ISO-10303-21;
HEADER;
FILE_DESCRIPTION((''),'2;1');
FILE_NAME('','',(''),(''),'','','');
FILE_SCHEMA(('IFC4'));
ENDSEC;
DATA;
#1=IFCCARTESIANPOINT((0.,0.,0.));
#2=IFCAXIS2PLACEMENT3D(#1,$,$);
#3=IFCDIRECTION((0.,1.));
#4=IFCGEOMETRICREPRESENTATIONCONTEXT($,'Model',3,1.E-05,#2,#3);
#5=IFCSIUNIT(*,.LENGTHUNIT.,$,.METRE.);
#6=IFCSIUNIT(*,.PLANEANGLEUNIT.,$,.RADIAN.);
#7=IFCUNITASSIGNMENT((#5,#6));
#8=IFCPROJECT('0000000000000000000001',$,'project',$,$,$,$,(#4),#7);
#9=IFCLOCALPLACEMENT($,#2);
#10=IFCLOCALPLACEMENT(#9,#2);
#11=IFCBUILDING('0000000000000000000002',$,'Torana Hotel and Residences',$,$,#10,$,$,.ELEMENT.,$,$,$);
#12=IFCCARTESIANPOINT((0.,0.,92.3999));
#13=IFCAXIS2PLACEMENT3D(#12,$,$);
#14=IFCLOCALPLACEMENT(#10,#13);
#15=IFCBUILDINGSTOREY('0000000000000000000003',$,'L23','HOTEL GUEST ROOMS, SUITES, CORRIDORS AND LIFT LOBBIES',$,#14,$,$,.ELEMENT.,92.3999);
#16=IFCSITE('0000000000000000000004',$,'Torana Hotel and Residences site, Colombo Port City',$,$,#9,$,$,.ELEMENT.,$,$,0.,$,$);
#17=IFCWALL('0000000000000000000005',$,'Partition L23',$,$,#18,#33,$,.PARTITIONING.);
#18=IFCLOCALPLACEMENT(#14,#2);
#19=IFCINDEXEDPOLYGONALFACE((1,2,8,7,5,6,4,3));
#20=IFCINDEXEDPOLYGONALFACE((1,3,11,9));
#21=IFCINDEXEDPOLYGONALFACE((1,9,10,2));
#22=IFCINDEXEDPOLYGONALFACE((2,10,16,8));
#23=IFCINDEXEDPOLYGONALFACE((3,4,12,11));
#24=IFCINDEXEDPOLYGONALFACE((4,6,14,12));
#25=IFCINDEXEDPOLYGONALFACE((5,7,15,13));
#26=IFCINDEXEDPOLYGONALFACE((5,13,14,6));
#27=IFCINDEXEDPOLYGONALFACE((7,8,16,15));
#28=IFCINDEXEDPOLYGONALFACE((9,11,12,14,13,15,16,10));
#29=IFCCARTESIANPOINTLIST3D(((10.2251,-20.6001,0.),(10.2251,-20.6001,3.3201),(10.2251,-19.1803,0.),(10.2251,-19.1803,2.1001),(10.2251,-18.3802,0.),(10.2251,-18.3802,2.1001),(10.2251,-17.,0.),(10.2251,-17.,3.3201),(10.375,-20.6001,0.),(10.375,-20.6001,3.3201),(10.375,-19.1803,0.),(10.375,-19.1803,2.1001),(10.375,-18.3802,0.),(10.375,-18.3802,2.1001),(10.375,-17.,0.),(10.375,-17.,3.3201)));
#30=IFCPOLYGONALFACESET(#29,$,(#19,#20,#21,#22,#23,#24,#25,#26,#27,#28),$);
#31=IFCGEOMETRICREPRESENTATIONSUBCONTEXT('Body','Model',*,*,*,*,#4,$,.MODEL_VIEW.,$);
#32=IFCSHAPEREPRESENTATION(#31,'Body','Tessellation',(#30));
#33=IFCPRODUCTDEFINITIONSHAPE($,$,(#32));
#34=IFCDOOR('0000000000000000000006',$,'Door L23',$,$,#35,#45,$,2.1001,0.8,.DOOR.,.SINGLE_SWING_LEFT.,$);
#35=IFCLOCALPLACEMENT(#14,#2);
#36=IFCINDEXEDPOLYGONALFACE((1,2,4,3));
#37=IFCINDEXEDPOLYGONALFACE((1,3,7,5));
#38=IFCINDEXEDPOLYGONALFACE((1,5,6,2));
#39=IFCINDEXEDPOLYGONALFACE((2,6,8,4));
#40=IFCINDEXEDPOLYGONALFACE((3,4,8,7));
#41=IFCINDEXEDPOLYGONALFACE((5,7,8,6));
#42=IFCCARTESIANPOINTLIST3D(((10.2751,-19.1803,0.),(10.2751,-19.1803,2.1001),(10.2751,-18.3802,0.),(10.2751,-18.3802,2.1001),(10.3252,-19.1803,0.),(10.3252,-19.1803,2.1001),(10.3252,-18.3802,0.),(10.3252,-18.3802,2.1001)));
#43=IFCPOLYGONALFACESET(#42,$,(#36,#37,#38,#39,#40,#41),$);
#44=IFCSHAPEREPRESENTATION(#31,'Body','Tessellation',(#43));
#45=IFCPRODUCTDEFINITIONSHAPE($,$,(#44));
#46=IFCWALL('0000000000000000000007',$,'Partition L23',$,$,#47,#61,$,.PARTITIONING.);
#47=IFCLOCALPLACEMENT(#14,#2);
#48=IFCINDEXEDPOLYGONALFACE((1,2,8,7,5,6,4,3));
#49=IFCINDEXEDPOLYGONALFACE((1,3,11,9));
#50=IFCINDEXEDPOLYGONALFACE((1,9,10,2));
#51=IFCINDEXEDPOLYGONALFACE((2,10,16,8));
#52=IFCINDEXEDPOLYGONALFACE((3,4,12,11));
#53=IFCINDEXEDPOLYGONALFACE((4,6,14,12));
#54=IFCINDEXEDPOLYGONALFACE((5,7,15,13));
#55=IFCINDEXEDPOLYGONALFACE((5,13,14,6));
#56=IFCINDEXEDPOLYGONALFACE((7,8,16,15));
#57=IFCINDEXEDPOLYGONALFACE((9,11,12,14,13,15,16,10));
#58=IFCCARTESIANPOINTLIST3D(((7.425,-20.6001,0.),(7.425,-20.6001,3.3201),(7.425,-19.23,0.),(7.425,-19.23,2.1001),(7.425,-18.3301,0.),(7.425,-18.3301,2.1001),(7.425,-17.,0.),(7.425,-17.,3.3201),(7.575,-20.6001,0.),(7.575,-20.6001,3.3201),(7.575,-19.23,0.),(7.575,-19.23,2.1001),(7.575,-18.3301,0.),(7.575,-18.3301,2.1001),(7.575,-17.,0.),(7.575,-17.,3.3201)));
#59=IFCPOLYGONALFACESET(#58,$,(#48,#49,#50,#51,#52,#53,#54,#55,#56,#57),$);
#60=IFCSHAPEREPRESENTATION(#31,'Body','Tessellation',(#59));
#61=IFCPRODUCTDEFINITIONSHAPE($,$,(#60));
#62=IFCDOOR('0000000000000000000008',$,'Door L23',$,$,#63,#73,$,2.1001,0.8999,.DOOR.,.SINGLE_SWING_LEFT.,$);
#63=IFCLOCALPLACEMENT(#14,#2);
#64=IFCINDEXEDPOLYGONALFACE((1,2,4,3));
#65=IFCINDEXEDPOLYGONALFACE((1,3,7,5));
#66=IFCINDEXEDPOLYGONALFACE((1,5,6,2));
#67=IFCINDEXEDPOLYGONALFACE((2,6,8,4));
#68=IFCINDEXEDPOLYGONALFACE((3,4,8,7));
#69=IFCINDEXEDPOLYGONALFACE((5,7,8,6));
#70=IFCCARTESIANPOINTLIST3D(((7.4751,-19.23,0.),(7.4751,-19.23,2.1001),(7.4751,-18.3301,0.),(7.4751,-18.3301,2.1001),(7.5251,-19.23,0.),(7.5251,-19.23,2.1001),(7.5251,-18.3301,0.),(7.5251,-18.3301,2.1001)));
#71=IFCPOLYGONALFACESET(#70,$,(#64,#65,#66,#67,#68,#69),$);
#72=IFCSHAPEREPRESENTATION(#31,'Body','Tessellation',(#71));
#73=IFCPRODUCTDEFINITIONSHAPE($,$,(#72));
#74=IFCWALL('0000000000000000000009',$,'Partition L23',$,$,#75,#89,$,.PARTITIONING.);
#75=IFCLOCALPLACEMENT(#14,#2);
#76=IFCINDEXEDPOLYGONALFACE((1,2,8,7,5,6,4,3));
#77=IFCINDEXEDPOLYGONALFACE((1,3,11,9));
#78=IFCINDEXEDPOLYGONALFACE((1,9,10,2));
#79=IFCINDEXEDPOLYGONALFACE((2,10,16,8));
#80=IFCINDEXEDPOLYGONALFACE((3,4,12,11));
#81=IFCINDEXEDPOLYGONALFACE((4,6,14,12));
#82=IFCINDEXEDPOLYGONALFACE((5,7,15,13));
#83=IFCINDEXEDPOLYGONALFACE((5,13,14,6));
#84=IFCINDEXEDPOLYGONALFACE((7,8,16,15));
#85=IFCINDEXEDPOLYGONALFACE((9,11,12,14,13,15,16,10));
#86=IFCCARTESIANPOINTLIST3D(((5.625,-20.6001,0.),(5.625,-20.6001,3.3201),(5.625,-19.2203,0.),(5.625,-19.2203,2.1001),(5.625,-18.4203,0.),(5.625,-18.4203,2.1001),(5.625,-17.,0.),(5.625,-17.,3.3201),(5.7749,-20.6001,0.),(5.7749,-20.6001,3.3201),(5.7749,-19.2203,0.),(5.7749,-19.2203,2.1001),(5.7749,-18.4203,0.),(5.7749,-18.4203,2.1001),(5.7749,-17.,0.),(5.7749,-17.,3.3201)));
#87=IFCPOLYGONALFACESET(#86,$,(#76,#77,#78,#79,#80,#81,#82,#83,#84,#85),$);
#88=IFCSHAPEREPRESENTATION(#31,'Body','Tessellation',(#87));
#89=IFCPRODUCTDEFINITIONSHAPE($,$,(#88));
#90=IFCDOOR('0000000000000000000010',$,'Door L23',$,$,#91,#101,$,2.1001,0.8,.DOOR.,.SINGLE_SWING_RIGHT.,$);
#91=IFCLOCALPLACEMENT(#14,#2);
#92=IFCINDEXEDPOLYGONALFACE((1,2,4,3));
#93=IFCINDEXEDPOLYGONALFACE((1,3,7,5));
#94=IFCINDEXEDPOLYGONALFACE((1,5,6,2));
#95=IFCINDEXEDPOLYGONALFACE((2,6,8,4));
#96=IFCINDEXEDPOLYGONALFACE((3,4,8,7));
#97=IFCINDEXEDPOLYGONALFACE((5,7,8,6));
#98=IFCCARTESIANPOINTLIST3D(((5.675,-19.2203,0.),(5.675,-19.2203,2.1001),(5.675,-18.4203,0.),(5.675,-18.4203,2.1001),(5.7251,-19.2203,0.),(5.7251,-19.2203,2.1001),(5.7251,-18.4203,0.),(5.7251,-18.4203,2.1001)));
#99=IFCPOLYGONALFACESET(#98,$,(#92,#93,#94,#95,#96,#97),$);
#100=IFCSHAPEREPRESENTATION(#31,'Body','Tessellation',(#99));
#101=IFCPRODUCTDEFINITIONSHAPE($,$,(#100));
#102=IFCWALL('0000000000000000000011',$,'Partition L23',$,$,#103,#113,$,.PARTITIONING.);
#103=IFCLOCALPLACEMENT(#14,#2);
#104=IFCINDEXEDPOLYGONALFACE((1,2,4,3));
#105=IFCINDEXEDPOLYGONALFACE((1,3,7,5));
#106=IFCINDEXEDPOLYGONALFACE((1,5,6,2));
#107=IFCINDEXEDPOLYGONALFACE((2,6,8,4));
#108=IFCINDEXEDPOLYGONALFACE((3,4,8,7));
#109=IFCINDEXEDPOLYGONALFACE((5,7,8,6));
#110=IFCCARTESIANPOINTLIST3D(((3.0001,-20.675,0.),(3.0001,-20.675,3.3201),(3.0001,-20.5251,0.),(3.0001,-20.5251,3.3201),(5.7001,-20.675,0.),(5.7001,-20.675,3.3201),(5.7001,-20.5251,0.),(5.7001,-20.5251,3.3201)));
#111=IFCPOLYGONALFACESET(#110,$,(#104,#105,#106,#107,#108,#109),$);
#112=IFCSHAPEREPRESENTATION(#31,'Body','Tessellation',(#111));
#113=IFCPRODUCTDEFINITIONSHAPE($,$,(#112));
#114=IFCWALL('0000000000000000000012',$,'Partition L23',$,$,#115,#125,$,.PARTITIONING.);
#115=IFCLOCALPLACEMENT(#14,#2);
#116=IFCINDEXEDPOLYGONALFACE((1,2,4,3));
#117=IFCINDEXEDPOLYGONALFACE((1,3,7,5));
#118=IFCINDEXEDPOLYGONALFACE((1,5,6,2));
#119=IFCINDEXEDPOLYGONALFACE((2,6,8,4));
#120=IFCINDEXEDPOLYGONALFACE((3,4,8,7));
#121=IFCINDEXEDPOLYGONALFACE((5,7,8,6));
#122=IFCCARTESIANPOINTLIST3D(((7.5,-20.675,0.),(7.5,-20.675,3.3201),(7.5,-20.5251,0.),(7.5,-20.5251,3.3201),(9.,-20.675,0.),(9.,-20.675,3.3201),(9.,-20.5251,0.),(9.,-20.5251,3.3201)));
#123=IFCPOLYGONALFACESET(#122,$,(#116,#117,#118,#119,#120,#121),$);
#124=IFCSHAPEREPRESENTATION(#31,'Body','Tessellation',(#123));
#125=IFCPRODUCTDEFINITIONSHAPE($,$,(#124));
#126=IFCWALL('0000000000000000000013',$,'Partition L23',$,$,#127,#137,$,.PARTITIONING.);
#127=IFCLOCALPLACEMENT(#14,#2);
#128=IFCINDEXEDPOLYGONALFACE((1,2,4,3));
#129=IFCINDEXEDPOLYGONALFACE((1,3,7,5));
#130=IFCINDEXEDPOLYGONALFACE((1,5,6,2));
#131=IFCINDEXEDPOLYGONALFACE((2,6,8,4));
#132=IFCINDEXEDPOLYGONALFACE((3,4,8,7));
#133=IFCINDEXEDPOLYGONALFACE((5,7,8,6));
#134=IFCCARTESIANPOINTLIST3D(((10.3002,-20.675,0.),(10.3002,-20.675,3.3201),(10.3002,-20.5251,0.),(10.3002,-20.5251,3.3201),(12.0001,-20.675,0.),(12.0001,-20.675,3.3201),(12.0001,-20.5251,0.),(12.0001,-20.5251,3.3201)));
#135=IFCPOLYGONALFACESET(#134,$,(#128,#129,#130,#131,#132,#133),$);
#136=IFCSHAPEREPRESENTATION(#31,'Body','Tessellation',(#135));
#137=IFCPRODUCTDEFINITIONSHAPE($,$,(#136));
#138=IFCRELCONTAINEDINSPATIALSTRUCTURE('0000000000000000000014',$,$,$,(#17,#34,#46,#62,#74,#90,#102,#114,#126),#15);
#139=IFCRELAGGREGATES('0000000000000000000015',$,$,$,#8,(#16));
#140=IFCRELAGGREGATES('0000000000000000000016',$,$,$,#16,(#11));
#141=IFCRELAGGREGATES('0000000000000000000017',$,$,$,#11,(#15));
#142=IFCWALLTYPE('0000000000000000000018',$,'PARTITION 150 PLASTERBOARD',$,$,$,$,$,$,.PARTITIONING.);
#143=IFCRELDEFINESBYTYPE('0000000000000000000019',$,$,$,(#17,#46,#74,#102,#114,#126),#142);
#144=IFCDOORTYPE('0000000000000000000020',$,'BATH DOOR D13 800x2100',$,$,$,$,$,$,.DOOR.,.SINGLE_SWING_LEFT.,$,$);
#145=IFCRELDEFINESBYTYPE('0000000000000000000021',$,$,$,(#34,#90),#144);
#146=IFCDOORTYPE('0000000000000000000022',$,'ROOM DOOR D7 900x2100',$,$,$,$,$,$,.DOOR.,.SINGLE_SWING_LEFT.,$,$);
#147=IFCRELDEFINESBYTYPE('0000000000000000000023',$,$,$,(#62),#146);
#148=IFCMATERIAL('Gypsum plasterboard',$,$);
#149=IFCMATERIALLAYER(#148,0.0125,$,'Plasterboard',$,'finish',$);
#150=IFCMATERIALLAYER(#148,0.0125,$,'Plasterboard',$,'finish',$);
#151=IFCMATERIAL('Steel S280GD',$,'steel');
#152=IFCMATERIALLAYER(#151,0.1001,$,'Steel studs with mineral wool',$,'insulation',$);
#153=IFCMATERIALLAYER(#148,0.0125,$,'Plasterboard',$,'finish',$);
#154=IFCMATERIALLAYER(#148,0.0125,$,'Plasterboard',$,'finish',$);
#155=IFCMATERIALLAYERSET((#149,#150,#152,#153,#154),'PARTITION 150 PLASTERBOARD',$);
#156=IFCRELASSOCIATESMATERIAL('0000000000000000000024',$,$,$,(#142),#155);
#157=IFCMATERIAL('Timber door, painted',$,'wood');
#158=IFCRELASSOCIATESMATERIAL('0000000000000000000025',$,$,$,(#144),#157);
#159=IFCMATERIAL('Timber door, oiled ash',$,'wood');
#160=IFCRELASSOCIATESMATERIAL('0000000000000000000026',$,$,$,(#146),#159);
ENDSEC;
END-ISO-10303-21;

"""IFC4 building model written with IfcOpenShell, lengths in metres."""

from ifc_helpers import new_model, si_unit, direction, frame, frame_2d, origin, place, context, subcontext, project, spatial, rectangle, extrude, material, layer, layer_set, type_object, element, fill, save


model = new_model("IFC4")

# Units and contexts
model_context = context("Model", 3, precision=1e-05, world=origin(), true_north=direction((0.0, 1.0)))
body_context = subcontext(model_context, "Body", "Model", "MODEL_VIEW")
ifc_project = project(units=[si_unit("LENGTHUNIT", "METRE"), si_unit("PLANEANGLEUNIT", "RADIAN")], contexts=[model_context])

# Site, building, storey
site_placement = place(None, origin())
site = spatial("IfcSite", under=ifc_project, at=site_placement, Name="Torana Hotel and Residences site, Colombo Port City", CompositionType="ELEMENT", RefElevation=0.0)
building_placement = place(site_placement, origin())
building = spatial("IfcBuilding", under=site, at=building_placement, Name="Torana Hotel and Residences", CompositionType="ELEMENT")
storey_placement = place(building_placement, frame((0.0, 0.0, 92.3999)))
storey = spatial("IfcBuildingStorey", under=building, at=storey_placement, Name="L23", Description="HOTEL GUEST ROOMS, SUITES, CORRIDORS AND LIFT LOBBIES", CompositionType="ELEMENT", Elevation=92.3999)

# Walls, openings, doors
ifc_material_1 = material(Name="Gypsum plasterboard")
ifc_layer_1 = layer(ifc_material_1, 0.0125, Name="Plasterboard", Category="finish")
ifc_layer_2 = layer(ifc_material_1, 0.0125, Name="Plasterboard", Category="finish")
ifc_material_2 = material(Name="Steel S280GD", Category="steel")
ifc_layer_3 = layer(ifc_material_2, 0.1001, Name="Steel studs with mineral wool", Category="insulation")
ifc_layer_4 = layer(ifc_material_1, 0.0125, Name="Plasterboard", Category="finish")
ifc_layer_5 = layer(ifc_material_1, 0.0125, Name="Plasterboard", Category="finish")
ifc_layer_set_1 = layer_set([ifc_layer_1, ifc_layer_2, ifc_layer_3, ifc_layer_4, ifc_layer_5], Name="PARTITION 150 PLASTERBOARD")
wall_type_1 = type_object("IfcWallType", Name="PARTITION 150 PLASTERBOARD", PredefinedType="PARTITIONING", material=ifc_layer_set_1)
wall_1_placement = place(storey_placement, frame((10.3, -20.6001, 0.0), z_axis=(0.0, 0.0, 1.0), x_axis=(0.0, 1.0, 0.0)))
wall_1 = element("IfcWall", 1, at=wall_1_placement, inside=storey, type_object=wall_type_1, Name="Partition L23", PredefinedType="PARTITIONING", context=body_context, shape_type="SweptSolid", body=[
    extrude(rectangle(XDim=3.6001, YDim=0.1499, at=frame_2d((1.8, 0.0))), origin(), (0.0, 0.0, 1.0), 3.3201),
])
opening_1_placement = place(wall_1_placement, frame((1.4199, 0.0, 0.0)))
opening_1 = element("IfcOpeningElement", 2, at=opening_1_placement, cuts=wall_1, PredefinedType="OPENING", context=body_context, shape_type="SweptSolid", body=[
    extrude(rectangle(XDim=0.8, YDim=2.1001, at=frame_2d((0.3999, 1.05))), frame((0.0, 0.085, 0.0), z_axis=(0.0, -1.0, 0.0), x_axis=(1.0, 0.0, 0.0)), (0.0, 0.0, 1.0), 0.1699),
])
ifc_material_3 = material(Name="Timber door, painted", Category="wood")
door_type_1 = type_object("IfcDoorType", Name="BATH DOOR D13 800x2100", OperationType="SINGLE_SWING_LEFT", PredefinedType="DOOR", material=ifc_material_3)
door_1_placement = place(opening_1_placement, origin())
door_1 = element("IfcDoor", 3, at=door_1_placement, inside=storey, type_object=door_type_1, Name="Door L23", OperationType="SINGLE_SWING_LEFT", OverallHeight=2.1001, OverallWidth=0.8, PredefinedType="DOOR", context=body_context, shape_type="SweptSolid", body=[
    extrude(rectangle(XDim=0.8, YDim=2.1001, at=frame_2d((0.3999, 1.05))), frame((0.0, 0.0249, 0.0), z_axis=(0.0, -1.0, 0.0), x_axis=(1.0, 0.0, 0.0)), (0.0, 0.0, 1.0), 0.05),
])
fill(opening_1, door_1)
wall_2_placement = place(storey_placement, frame((7.5, -20.6001, 0.0), z_axis=(0.0, 0.0, 1.0), x_axis=(0.0, 1.0, 0.0)))
wall_2 = element("IfcWall", 4, at=wall_2_placement, inside=storey, type_object=wall_type_1, Name="Partition L23", PredefinedType="PARTITIONING", context=body_context, shape_type="SweptSolid", body=[
    extrude(rectangle(XDim=3.6001, YDim=0.1499, at=frame_2d((1.8, 0.0))), origin(), (0.0, 0.0, 1.0), 3.3201),
])
opening_2_placement = place(wall_2_placement, frame((1.3701, 0.0, 0.0)))
opening_2 = element("IfcOpeningElement", 5, at=opening_2_placement, cuts=wall_2, PredefinedType="OPENING", context=body_context, shape_type="SweptSolid", body=[
    extrude(rectangle(XDim=0.8999, YDim=2.1001, at=frame_2d((0.45, 1.05))), frame((0.0, 0.085, 0.0), z_axis=(0.0, -1.0, 0.0), x_axis=(1.0, 0.0, 0.0)), (0.0, 0.0, 1.0), 0.1699),
])
ifc_material_4 = material(Name="Timber door, oiled ash", Category="wood")
door_type_2 = type_object("IfcDoorType", Name="ROOM DOOR D7 900x2100", OperationType="SINGLE_SWING_LEFT", PredefinedType="DOOR", material=ifc_material_4)
door_2_placement = place(opening_2_placement, origin())
door_2 = element("IfcDoor", 6, at=door_2_placement, inside=storey, type_object=door_type_2, Name="Door L23", OperationType="SINGLE_SWING_LEFT", OverallHeight=2.1001, OverallWidth=0.8999, PredefinedType="DOOR", context=body_context, shape_type="SweptSolid", body=[
    extrude(rectangle(XDim=0.8999, YDim=2.1001, at=frame_2d((0.45, 1.05))), frame((0.0, 0.0249, 0.0), z_axis=(0.0, -1.0, 0.0), x_axis=(1.0, 0.0, 0.0)), (0.0, 0.0, 1.0), 0.05),
])
fill(opening_2, door_2)
wall_3_placement = place(storey_placement, frame((5.7, -20.6001, 0.0), z_axis=(0.0, 0.0, 1.0), x_axis=(0.0, 1.0, 0.0)))
wall_3 = element("IfcWall", 7, at=wall_3_placement, inside=storey, type_object=wall_type_1, Name="Partition L23", PredefinedType="PARTITIONING", context=body_context, shape_type="SweptSolid", body=[
    extrude(rectangle(XDim=3.6001, YDim=0.1499, at=frame_2d((1.8, 0.0))), origin(), (0.0, 0.0, 1.0), 3.3201),
])
opening_3_placement = place(wall_3_placement, frame((1.3799, 0.0, 0.0)))
opening_3 = element("IfcOpeningElement", 8, at=opening_3_placement, cuts=wall_3, PredefinedType="OPENING", context=body_context, shape_type="SweptSolid", body=[
    extrude(rectangle(XDim=0.8, YDim=2.1001, at=frame_2d((0.3999, 1.05))), frame((0.0, 0.085, 0.0), z_axis=(0.0, -1.0, 0.0), x_axis=(1.0, 0.0, 0.0)), (0.0, 0.0, 1.0), 0.1699),
])
door_3_placement = place(opening_3_placement, origin())
door_3 = element("IfcDoor", 9, at=door_3_placement, inside=storey, type_object=door_type_1, Name="Door L23", OperationType="SINGLE_SWING_RIGHT", OverallHeight=2.1001, OverallWidth=0.8, PredefinedType="DOOR", context=body_context, shape_type="SweptSolid", body=[
    extrude(rectangle(XDim=0.8, YDim=2.1001, at=frame_2d((0.3999, 1.05))), frame((0.0, 0.0249, 0.0), z_axis=(0.0, -1.0, 0.0), x_axis=(1.0, 0.0, 0.0)), (0.0, 0.0, 1.0), 0.05),
])
fill(opening_3, door_3)

# Walls
wall_4_placement = place(storey_placement, frame((3.0, -20.6001, 0.0), z_axis=(0.0, 0.0, 1.0), x_axis=(1.0, 0.0, 0.0)))
element("IfcWall", 10, at=wall_4_placement, inside=storey, type_object=wall_type_1, Name="Partition L23", PredefinedType="PARTITIONING", context=body_context, shape_type="SweptSolid", body=[
    extrude(rectangle(XDim=2.7, YDim=0.1499, at=frame_2d((1.3501, 0.0))), origin(), (0.0, 0.0, 1.0), 3.3201),
])
wall_5_placement = place(storey_placement, frame((7.5, -20.6001, 0.0), z_axis=(0.0, 0.0, 1.0), x_axis=(1.0, 0.0, 0.0)))
element("IfcWall", 11, at=wall_5_placement, inside=storey, type_object=wall_type_1, Name="Partition L23", PredefinedType="PARTITIONING", context=body_context, shape_type="SweptSolid", body=[
    extrude(rectangle(XDim=1.5, YDim=0.1499, at=frame_2d((0.75, 0.0))), origin(), (0.0, 0.0, 1.0), 3.3201),
])
wall_6_placement = place(storey_placement, frame((10.3, -20.6001, 0.0), z_axis=(0.0, 0.0, 1.0), x_axis=(1.0, 0.0, 0.0)))
element("IfcWall", 12, at=wall_6_placement, inside=storey, type_object=wall_type_1, Name="Partition L23", PredefinedType="PARTITIONING", context=body_context, shape_type="SweptSolid", body=[
    extrude(rectangle(XDim=1.7, YDim=0.1499, at=frame_2d((0.8501, 0.0))), origin(), (0.0, 0.0, 1.0), 3.3201),
])

save(model, "model.ifc")
